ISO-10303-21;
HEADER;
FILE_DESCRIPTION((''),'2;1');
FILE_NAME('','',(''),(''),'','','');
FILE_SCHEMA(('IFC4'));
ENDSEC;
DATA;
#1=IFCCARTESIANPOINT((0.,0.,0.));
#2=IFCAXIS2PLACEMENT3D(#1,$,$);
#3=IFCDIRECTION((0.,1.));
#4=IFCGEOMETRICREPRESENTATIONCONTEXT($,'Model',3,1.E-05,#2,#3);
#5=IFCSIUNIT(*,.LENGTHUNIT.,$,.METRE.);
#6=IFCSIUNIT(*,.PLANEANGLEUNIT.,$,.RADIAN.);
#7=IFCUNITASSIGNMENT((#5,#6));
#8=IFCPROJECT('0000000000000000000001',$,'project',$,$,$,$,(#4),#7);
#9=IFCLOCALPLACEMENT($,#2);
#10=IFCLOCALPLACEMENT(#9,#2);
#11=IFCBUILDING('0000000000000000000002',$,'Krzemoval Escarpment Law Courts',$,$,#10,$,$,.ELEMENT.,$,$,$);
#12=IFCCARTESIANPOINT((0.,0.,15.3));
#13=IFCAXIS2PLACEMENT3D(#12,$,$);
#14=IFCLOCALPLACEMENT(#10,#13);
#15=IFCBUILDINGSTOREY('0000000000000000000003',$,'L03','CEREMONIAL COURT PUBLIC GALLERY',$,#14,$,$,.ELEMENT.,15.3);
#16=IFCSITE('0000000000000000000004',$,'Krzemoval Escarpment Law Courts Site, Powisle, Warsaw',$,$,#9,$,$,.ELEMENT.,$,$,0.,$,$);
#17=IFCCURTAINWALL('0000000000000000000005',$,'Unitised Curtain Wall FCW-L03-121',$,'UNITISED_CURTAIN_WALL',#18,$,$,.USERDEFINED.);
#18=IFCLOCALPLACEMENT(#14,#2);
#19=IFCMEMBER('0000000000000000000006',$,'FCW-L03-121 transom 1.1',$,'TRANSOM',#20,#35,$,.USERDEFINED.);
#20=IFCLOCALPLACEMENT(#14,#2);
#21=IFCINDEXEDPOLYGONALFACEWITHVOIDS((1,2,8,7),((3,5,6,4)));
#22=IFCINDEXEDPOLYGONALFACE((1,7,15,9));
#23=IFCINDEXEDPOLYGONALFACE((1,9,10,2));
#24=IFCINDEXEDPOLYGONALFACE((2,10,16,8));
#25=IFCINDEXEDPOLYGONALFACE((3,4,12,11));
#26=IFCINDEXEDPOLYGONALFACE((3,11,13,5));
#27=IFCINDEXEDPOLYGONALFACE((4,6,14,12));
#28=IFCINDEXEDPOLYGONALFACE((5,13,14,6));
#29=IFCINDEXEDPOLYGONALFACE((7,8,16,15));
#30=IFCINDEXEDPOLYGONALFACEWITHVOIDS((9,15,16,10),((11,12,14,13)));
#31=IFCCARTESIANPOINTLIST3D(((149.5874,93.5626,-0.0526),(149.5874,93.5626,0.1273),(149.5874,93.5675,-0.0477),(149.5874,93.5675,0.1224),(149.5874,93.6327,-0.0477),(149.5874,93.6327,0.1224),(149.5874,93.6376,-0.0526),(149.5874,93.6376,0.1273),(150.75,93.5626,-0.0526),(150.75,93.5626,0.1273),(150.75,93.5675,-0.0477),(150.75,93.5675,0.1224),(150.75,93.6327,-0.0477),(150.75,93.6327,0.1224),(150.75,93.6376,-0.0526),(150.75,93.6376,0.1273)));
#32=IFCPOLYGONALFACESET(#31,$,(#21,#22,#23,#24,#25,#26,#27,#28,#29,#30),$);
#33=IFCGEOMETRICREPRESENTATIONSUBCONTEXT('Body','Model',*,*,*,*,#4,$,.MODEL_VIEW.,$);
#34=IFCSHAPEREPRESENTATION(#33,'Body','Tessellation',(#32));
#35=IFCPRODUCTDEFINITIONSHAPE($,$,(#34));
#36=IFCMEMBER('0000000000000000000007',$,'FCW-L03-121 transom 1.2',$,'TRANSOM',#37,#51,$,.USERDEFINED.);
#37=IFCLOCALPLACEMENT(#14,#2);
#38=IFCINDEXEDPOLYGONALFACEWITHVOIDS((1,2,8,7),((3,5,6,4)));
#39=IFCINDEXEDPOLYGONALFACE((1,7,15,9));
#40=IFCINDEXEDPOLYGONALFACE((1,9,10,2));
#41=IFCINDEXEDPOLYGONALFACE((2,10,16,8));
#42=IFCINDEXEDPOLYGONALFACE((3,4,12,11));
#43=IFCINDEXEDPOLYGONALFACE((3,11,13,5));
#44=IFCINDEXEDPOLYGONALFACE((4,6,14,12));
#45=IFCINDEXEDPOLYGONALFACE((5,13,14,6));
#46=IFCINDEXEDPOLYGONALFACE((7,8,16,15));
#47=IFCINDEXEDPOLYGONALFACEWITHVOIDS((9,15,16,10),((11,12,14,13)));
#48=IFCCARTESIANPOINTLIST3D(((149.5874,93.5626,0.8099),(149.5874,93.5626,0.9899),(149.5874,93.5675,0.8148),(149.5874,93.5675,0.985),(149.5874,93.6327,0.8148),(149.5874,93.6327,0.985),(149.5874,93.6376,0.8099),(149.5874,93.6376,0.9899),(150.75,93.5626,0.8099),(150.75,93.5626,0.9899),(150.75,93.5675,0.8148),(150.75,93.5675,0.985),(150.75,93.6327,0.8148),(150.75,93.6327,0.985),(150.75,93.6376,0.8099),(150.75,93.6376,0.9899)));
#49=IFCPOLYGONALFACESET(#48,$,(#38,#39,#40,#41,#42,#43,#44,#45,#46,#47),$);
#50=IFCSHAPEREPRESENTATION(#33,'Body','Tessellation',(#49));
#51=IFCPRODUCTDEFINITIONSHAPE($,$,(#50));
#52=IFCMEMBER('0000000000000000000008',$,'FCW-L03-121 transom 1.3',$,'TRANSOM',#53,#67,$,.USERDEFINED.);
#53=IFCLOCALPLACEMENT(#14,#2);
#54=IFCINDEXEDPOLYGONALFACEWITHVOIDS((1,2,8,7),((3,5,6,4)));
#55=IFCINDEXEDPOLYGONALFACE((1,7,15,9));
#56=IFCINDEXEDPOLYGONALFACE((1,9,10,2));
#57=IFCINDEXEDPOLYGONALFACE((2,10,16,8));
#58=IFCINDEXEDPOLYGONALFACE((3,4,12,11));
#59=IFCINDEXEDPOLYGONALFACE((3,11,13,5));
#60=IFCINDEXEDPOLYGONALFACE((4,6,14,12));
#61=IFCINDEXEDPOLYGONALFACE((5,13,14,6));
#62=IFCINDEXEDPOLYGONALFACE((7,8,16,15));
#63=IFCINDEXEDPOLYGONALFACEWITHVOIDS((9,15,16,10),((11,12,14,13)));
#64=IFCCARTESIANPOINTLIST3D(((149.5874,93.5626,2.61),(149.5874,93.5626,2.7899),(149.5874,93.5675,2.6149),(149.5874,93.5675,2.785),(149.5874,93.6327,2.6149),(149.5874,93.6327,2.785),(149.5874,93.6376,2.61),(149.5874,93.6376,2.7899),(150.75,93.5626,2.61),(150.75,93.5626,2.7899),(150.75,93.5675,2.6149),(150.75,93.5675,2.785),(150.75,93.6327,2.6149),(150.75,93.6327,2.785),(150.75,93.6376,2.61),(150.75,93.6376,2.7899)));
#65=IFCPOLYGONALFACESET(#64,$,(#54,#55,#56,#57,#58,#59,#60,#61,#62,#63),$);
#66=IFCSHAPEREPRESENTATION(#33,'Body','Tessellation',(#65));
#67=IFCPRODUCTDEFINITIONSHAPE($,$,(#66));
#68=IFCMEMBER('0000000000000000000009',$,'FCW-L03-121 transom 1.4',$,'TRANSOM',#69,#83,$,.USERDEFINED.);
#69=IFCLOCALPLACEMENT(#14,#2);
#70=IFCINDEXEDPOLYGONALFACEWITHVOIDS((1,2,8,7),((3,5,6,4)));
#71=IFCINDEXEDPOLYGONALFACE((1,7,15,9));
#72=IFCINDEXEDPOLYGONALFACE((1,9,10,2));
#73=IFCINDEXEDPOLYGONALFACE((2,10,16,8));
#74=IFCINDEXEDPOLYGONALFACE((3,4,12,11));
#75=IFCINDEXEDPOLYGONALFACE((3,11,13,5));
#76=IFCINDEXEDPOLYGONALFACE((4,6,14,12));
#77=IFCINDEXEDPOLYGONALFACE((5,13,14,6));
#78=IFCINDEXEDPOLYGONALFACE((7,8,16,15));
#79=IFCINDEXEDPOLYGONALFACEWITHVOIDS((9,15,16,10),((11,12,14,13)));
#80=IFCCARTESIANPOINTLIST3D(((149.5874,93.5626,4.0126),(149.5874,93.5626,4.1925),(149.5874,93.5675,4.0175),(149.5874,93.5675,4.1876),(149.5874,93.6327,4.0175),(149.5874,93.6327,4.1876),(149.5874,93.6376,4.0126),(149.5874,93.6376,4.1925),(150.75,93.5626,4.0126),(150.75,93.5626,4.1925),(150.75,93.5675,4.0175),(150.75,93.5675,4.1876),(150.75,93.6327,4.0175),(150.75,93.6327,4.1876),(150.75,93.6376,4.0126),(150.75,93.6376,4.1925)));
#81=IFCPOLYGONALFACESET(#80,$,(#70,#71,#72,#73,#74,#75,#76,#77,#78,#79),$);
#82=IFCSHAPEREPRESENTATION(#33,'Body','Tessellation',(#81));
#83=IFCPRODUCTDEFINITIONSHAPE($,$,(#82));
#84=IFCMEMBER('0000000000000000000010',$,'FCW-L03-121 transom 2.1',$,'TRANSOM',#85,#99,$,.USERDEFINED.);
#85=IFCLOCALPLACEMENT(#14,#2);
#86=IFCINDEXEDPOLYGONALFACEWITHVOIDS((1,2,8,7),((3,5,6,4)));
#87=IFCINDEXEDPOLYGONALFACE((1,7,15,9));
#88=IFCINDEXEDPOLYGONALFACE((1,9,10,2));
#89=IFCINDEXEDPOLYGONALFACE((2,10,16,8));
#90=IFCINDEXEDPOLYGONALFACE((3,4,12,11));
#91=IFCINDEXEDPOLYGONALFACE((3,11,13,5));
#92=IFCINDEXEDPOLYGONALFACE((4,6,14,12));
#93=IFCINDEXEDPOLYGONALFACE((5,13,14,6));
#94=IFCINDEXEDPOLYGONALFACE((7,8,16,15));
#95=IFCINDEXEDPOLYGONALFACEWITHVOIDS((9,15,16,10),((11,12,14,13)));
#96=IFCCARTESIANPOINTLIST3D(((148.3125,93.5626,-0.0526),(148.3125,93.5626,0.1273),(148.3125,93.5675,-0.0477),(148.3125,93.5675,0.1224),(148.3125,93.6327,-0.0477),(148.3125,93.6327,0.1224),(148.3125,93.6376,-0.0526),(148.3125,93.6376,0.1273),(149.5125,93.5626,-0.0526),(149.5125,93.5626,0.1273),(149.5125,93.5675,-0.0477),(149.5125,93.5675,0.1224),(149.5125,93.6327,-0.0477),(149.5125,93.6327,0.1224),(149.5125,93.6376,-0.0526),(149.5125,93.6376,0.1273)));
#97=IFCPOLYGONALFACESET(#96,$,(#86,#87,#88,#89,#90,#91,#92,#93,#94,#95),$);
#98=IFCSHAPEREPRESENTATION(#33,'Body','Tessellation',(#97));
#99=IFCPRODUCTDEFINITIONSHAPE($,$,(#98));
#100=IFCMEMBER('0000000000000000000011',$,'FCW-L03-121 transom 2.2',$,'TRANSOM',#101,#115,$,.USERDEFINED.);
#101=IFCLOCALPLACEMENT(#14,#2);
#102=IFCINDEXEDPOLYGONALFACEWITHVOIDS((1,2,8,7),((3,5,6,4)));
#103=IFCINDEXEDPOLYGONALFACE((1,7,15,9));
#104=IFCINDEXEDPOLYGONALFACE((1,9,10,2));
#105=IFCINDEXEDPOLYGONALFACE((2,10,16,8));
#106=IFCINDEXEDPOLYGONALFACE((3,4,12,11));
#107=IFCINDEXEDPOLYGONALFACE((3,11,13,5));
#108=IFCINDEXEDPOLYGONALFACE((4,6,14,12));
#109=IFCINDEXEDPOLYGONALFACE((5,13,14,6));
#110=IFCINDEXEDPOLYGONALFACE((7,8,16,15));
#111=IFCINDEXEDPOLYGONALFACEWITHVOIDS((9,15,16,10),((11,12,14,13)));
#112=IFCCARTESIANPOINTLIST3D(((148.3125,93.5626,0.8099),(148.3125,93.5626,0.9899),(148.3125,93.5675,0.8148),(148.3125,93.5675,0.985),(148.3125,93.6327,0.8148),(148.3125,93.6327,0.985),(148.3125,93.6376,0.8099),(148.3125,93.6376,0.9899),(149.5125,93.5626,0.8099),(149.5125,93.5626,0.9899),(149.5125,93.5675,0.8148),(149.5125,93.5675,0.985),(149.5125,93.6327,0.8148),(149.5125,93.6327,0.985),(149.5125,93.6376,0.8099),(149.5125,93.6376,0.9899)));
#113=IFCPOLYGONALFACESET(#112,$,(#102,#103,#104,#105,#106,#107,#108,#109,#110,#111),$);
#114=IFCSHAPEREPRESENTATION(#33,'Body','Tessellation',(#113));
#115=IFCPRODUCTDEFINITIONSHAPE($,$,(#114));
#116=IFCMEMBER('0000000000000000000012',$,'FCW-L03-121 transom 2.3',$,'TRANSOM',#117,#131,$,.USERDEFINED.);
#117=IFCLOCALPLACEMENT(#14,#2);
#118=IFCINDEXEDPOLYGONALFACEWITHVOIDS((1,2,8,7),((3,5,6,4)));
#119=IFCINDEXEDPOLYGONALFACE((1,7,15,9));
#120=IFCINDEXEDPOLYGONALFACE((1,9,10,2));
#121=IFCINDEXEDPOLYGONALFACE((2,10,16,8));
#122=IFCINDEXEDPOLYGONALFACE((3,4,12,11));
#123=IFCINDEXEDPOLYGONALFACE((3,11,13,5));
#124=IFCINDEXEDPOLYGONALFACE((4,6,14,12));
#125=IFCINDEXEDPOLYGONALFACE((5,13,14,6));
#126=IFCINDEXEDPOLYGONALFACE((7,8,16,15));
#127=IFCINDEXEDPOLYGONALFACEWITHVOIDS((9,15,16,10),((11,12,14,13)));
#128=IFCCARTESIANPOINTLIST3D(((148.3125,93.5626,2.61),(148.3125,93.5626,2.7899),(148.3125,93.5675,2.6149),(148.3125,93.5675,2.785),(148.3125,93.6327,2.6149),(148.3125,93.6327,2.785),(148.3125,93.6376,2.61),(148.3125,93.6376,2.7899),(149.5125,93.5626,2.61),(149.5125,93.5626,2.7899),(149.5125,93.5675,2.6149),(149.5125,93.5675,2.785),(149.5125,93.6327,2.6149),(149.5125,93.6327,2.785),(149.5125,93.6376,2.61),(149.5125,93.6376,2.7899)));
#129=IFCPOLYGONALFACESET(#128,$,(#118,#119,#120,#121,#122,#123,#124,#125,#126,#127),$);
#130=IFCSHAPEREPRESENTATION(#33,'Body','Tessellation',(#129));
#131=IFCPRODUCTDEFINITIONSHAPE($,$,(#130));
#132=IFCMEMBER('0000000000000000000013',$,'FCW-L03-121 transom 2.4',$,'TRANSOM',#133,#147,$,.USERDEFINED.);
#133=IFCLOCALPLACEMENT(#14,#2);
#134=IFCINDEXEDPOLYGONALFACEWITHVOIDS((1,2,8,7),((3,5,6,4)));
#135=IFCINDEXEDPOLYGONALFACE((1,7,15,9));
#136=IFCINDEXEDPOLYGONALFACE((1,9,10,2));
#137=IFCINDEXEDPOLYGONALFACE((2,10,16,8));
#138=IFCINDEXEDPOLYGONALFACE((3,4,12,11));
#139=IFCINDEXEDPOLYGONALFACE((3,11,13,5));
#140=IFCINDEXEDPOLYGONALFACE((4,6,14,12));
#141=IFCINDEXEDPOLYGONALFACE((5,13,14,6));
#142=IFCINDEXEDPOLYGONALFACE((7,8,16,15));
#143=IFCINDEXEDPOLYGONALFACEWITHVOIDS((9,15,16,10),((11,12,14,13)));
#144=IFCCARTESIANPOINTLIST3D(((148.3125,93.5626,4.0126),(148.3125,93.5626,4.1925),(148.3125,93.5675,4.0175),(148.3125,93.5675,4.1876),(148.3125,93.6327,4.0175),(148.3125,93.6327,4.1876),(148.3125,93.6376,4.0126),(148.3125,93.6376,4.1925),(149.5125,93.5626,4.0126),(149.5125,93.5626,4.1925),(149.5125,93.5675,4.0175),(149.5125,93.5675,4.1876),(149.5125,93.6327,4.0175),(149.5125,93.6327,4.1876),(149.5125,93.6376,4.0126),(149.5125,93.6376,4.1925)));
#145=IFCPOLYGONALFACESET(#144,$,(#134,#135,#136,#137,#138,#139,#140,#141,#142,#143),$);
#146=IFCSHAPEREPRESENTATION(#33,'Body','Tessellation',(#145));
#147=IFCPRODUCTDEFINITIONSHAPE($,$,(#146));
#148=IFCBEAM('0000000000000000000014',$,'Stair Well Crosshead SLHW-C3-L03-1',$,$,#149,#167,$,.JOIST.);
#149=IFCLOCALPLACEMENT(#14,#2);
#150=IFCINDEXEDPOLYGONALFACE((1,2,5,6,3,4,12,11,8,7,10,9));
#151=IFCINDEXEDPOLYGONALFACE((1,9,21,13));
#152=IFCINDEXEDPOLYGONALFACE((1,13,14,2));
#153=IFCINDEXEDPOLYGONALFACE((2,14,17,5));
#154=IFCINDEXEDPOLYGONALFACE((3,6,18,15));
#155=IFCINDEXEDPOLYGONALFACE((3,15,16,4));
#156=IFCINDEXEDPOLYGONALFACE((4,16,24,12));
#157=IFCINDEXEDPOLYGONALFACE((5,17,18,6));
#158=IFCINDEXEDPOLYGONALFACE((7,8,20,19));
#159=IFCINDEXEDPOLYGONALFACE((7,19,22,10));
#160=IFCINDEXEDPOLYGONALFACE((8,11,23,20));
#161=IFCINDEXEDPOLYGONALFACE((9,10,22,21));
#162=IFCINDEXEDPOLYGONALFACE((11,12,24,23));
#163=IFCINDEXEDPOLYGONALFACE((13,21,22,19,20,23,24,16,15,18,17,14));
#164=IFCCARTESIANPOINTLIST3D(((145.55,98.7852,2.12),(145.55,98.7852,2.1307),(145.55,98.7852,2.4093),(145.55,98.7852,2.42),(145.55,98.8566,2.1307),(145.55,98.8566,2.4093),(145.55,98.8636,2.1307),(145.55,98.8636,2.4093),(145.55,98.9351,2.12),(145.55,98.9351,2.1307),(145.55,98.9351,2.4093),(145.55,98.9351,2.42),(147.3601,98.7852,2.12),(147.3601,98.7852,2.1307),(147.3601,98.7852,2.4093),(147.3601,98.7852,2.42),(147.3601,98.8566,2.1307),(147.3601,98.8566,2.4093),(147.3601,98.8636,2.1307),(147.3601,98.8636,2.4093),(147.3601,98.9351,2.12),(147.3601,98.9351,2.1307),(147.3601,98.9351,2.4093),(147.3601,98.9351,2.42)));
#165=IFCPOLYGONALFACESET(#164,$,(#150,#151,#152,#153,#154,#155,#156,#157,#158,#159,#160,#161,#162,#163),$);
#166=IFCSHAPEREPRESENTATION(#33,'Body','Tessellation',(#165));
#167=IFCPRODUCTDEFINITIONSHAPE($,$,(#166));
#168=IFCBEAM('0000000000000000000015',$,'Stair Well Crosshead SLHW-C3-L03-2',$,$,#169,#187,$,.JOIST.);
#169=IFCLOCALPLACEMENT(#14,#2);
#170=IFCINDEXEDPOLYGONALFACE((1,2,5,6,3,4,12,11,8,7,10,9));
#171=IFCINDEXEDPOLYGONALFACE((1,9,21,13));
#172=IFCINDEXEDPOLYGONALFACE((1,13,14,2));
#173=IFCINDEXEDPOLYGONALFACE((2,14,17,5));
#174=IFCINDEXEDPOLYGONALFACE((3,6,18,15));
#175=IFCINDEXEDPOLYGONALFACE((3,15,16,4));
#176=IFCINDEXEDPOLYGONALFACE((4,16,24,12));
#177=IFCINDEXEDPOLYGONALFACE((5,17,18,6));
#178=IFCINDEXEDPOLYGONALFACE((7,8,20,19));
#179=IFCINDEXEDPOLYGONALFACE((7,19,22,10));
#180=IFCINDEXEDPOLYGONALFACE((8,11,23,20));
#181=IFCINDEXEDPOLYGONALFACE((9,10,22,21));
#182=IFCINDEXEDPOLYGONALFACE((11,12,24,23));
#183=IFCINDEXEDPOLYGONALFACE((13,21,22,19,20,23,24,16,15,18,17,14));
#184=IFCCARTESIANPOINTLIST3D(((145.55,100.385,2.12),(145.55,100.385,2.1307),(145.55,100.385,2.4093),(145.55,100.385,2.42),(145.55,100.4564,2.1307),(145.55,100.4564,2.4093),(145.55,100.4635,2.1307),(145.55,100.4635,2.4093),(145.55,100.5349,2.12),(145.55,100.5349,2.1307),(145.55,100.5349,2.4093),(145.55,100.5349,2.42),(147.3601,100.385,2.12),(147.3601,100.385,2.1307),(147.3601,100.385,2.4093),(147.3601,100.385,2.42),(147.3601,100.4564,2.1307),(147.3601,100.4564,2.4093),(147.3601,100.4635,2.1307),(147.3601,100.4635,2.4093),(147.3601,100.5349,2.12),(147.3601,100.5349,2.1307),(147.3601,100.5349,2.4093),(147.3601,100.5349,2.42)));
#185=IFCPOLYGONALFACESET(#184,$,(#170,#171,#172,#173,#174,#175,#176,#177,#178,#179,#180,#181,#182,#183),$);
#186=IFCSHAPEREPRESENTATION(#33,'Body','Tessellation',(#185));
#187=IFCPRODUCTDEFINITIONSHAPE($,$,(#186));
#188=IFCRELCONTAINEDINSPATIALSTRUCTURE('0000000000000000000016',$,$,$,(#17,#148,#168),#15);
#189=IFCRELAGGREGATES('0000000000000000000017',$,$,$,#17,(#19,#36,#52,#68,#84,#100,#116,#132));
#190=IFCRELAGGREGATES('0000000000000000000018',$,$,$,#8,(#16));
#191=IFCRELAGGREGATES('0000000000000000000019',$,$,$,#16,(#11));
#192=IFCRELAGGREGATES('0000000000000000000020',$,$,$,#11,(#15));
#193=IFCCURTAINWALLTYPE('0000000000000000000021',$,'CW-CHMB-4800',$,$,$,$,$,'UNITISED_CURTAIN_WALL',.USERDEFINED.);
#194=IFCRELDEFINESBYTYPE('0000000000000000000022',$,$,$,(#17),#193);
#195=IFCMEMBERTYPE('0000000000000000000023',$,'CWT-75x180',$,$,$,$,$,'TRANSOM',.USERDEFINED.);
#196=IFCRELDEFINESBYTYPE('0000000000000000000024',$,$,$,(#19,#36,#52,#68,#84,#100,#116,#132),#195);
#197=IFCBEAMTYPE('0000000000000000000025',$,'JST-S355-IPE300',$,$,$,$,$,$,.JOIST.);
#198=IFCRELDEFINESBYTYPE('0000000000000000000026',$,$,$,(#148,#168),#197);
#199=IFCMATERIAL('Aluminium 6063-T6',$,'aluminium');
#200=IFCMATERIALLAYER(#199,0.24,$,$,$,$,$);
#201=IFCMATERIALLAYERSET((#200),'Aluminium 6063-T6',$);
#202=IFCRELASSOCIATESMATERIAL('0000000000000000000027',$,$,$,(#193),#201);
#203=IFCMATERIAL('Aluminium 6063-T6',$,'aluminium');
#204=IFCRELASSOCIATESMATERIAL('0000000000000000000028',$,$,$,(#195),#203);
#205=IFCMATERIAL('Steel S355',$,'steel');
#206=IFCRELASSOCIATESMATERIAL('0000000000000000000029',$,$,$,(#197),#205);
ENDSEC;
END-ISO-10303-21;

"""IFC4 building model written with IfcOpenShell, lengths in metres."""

from ifc_helpers import new_model, si_unit, direction, frame, origin, origin_2d, place, context, subcontext, project, spatial, hollow_rectangle, i_section, extrude, material, layer, layer_set, material_profile, profile_set, type_object, element, aggregate, save


model = new_model("IFC4")

# Units and contexts
model_context = context("Model", 3, precision=1e-05, world=origin(), true_north=direction((0.0, 1.0)))
body_context = subcontext(model_context, "Body", "Model", "MODEL_VIEW")
ifc_project = project(units=[si_unit("LENGTHUNIT", "METRE"), si_unit("PLANEANGLEUNIT", "RADIAN")], contexts=[model_context])

# Site, building, storey
site_placement = place(None, origin())
site = spatial("IfcSite", under=ifc_project, at=site_placement, Name="Krzemoval Escarpment Law Courts Site, Powisle, Warsaw", CompositionType="ELEMENT", RefElevation=0.0)
building_placement = place(site_placement, origin())
building = spatial("IfcBuilding", under=site, at=building_placement, Name="Krzemoval Escarpment Law Courts", CompositionType="ELEMENT")
storey_placement = place(building_placement, frame((0.0, 0.0, 15.3)))
storey = spatial("IfcBuildingStorey", under=building, at=storey_placement, Name="L03", Description="CEREMONIAL COURT PUBLIC GALLERY", CompositionType="ELEMENT", Elevation=15.3)

# Curtain wall, members
ifc_material_1 = material(Name="Aluminium 6063-T6", Category="aluminium")
ifc_layer_1 = layer(ifc_material_1, 0.24)
ifc_layer_set_1 = layer_set([ifc_layer_1], Name="Aluminium 6063-T6")
curtain_wall_type = type_object("IfcCurtainWallType", Name="CW-CHMB-4800", ElementType="UNITISED_CURTAIN_WALL", PredefinedType="USERDEFINED", material=ifc_layer_set_1)
curtain_wall_placement = place(storey_placement, origin())
curtain_wall = element("IfcCurtainWall", 1, at=curtain_wall_placement, inside=storey, type_object=curtain_wall_type, Name="Unitised Curtain Wall FCW-L03-121", ObjectType="UNITISED_CURTAIN_WALL", PredefinedType="USERDEFINED")
ifc_material_2 = material(Name="Aluminium 6063-T6", Category="aluminium")
ifc_material_profile_1 = material_profile(ifc_material_2, hollow_rectangle(XDim=0.075, YDim=0.1799, WallThickness=0.0049, at=origin_2d()), Name="ALU T75x180")
ifc_profile_set_1 = profile_set([ifc_material_profile_1], Name="Aluminium 6063-T6")
member_type_1 = type_object("IfcMemberType", Name="CWT-75x180", ElementType="TRANSOM", PredefinedType="USERDEFINED", material=ifc_profile_set_1)
member_1_placement = place(storey_placement, frame((150.75, 93.6001, 0.0374), z_axis=(-1.0, 0.0, 0.0), x_axis=(0.0, -1.0, 0.0)))
member_1 = element("IfcMember", 2, at=member_1_placement, type_object=member_type_1, Name="FCW-L03-121 transom 1.1", ObjectType="TRANSOM", PredefinedType="USERDEFINED", context=body_context, shape_type="SweptSolid", body=[
    extrude(hollow_rectangle(XDim=0.075, YDim=0.1799, WallThickness=0.0049, at=origin_2d()), origin(), (0.0, 0.0, 1.0), 1.1626),
])
member_2_placement = place(storey_placement, frame((150.75, 93.6001, 0.8999), z_axis=(-1.0, 0.0, 0.0), x_axis=(0.0, -1.0, 0.0)))
member_2 = element("IfcMember", 3, at=member_2_placement, type_object=member_type_1, Name="FCW-L03-121 transom 1.2", ObjectType="TRANSOM", PredefinedType="USERDEFINED", context=body_context, shape_type="SweptSolid", body=[
    extrude(hollow_rectangle(XDim=0.075, YDim=0.1799, WallThickness=0.0049, at=origin_2d()), origin(), (0.0, 0.0, 1.0), 1.1626),
])
member_3_placement = place(storey_placement, frame((150.75, 93.6001, 2.7), z_axis=(-1.0, 0.0, 0.0), x_axis=(0.0, -1.0, 0.0)))
member_3 = element("IfcMember", 4, at=member_3_placement, type_object=member_type_1, Name="FCW-L03-121 transom 1.3", ObjectType="TRANSOM", PredefinedType="USERDEFINED", context=body_context, shape_type="SweptSolid", body=[
    extrude(hollow_rectangle(XDim=0.075, YDim=0.1799, WallThickness=0.0049, at=origin_2d()), origin(), (0.0, 0.0, 1.0), 1.1626),
])
member_4_placement = place(storey_placement, frame((150.75, 93.6001, 4.1025), z_axis=(-1.0, 0.0, 0.0), x_axis=(0.0, -1.0, 0.0)))
member_4 = element("IfcMember", 5, at=member_4_placement, type_object=member_type_1, Name="FCW-L03-121 transom 1.4", ObjectType="TRANSOM", PredefinedType="USERDEFINED", context=body_context, shape_type="SweptSolid", body=[
    extrude(hollow_rectangle(XDim=0.075, YDim=0.1799, WallThickness=0.0049, at=origin_2d()), origin(), (0.0, 0.0, 1.0), 1.1626),
])
member_5_placement = place(storey_placement, frame((149.5125, 93.6001, 0.0374), z_axis=(-1.0, 0.0, 0.0), x_axis=(0.0, -1.0, 0.0)))
member_5 = element("IfcMember", 6, at=member_5_placement, type_object=member_type_1, Name="FCW-L03-121 transom 2.1", ObjectType="TRANSOM", PredefinedType="USERDEFINED", context=body_context, shape_type="SweptSolid", body=[
    extrude(hollow_rectangle(XDim=0.075, YDim=0.1799, WallThickness=0.0049, at=origin_2d()), origin(), (0.0, 0.0, 1.0), 1.2),
])
member_6_placement = place(storey_placement, frame((149.5125, 93.6001, 0.8999), z_axis=(-1.0, 0.0, 0.0), x_axis=(0.0, -1.0, 0.0)))
member_6 = element("IfcMember", 7, at=member_6_placement, type_object=member_type_1, Name="FCW-L03-121 transom 2.2", ObjectType="TRANSOM", PredefinedType="USERDEFINED", context=body_context, shape_type="SweptSolid", body=[
    extrude(hollow_rectangle(XDim=0.075, YDim=0.1799, WallThickness=0.0049, at=origin_2d()), origin(), (0.0, 0.0, 1.0), 1.2),
])
member_7_placement = place(storey_placement, frame((149.5125, 93.6001, 2.7), z_axis=(-1.0, 0.0, 0.0), x_axis=(0.0, -1.0, 0.0)))
member_7 = element("IfcMember", 8, at=member_7_placement, type_object=member_type_1, Name="FCW-L03-121 transom 2.3", ObjectType="TRANSOM", PredefinedType="USERDEFINED", context=body_context, shape_type="SweptSolid", body=[
    extrude(hollow_rectangle(XDim=0.075, YDim=0.1799, WallThickness=0.0049, at=origin_2d()), origin(), (0.0, 0.0, 1.0), 1.2),
])
member_8_placement = place(storey_placement, frame((149.5125, 93.6001, 4.1025), z_axis=(-1.0, 0.0, 0.0), x_axis=(0.0, -1.0, 0.0)))
member_8 = element("IfcMember", 9, at=member_8_placement, type_object=member_type_1, Name="FCW-L03-121 transom 2.4", ObjectType="TRANSOM", PredefinedType="USERDEFINED", context=body_context, shape_type="SweptSolid", body=[
    extrude(hollow_rectangle(XDim=0.075, YDim=0.1799, WallThickness=0.0049, at=origin_2d()), origin(), (0.0, 0.0, 1.0), 1.2),
])

# Beams
ifc_material_3 = material(Name="Steel S355", Category="steel")
ifc_material_profile_2 = material_profile(ifc_material_3, i_section(OverallWidth=0.1499, OverallDepth=0.3, WebThickness=0.0071, FlangeThickness=0.0107, at=origin_2d()), Name="IPE 300")
ifc_profile_set_2 = profile_set([ifc_material_profile_2], Name="Steel S355")
beam_type_1 = type_object("IfcBeamType", Name="JST-S355-IPE300", PredefinedType="JOIST", material=ifc_profile_set_2)
for number, where, z_axis, x_axis, name in (
    (10, (145.55, 98.8601, 2.27), (1.0, 0.0, 0.0), (0.0, 1.0, 0.0), "Stair Well Crosshead SLHW-C3-L03-1"),
    (11, (145.55, 100.46, 2.27), (1.0, 0.0, 0.0), (0.0, 1.0, 0.0), "Stair Well Crosshead SLHW-C3-L03-2"),
):
    element("IfcBeam", number, at=place(storey_placement, frame(where, z_axis=z_axis, x_axis=x_axis)), inside=storey, type_object=beam_type_1, Name=name, PredefinedType="JOIST", context=body_context, shape_type="SweptSolid", body=[
        extrude(i_section(OverallWidth=0.1499, OverallDepth=0.3, WebThickness=0.0071, FlangeThickness=0.0107, at=origin_2d()), origin(), (0.0, 0.0, 1.0), 1.8101),
    ])

aggregate(curtain_wall, [member_1, member_2, member_3, member_4, member_5, member_6, member_7, member_8])

save(model, "model.ifc")
